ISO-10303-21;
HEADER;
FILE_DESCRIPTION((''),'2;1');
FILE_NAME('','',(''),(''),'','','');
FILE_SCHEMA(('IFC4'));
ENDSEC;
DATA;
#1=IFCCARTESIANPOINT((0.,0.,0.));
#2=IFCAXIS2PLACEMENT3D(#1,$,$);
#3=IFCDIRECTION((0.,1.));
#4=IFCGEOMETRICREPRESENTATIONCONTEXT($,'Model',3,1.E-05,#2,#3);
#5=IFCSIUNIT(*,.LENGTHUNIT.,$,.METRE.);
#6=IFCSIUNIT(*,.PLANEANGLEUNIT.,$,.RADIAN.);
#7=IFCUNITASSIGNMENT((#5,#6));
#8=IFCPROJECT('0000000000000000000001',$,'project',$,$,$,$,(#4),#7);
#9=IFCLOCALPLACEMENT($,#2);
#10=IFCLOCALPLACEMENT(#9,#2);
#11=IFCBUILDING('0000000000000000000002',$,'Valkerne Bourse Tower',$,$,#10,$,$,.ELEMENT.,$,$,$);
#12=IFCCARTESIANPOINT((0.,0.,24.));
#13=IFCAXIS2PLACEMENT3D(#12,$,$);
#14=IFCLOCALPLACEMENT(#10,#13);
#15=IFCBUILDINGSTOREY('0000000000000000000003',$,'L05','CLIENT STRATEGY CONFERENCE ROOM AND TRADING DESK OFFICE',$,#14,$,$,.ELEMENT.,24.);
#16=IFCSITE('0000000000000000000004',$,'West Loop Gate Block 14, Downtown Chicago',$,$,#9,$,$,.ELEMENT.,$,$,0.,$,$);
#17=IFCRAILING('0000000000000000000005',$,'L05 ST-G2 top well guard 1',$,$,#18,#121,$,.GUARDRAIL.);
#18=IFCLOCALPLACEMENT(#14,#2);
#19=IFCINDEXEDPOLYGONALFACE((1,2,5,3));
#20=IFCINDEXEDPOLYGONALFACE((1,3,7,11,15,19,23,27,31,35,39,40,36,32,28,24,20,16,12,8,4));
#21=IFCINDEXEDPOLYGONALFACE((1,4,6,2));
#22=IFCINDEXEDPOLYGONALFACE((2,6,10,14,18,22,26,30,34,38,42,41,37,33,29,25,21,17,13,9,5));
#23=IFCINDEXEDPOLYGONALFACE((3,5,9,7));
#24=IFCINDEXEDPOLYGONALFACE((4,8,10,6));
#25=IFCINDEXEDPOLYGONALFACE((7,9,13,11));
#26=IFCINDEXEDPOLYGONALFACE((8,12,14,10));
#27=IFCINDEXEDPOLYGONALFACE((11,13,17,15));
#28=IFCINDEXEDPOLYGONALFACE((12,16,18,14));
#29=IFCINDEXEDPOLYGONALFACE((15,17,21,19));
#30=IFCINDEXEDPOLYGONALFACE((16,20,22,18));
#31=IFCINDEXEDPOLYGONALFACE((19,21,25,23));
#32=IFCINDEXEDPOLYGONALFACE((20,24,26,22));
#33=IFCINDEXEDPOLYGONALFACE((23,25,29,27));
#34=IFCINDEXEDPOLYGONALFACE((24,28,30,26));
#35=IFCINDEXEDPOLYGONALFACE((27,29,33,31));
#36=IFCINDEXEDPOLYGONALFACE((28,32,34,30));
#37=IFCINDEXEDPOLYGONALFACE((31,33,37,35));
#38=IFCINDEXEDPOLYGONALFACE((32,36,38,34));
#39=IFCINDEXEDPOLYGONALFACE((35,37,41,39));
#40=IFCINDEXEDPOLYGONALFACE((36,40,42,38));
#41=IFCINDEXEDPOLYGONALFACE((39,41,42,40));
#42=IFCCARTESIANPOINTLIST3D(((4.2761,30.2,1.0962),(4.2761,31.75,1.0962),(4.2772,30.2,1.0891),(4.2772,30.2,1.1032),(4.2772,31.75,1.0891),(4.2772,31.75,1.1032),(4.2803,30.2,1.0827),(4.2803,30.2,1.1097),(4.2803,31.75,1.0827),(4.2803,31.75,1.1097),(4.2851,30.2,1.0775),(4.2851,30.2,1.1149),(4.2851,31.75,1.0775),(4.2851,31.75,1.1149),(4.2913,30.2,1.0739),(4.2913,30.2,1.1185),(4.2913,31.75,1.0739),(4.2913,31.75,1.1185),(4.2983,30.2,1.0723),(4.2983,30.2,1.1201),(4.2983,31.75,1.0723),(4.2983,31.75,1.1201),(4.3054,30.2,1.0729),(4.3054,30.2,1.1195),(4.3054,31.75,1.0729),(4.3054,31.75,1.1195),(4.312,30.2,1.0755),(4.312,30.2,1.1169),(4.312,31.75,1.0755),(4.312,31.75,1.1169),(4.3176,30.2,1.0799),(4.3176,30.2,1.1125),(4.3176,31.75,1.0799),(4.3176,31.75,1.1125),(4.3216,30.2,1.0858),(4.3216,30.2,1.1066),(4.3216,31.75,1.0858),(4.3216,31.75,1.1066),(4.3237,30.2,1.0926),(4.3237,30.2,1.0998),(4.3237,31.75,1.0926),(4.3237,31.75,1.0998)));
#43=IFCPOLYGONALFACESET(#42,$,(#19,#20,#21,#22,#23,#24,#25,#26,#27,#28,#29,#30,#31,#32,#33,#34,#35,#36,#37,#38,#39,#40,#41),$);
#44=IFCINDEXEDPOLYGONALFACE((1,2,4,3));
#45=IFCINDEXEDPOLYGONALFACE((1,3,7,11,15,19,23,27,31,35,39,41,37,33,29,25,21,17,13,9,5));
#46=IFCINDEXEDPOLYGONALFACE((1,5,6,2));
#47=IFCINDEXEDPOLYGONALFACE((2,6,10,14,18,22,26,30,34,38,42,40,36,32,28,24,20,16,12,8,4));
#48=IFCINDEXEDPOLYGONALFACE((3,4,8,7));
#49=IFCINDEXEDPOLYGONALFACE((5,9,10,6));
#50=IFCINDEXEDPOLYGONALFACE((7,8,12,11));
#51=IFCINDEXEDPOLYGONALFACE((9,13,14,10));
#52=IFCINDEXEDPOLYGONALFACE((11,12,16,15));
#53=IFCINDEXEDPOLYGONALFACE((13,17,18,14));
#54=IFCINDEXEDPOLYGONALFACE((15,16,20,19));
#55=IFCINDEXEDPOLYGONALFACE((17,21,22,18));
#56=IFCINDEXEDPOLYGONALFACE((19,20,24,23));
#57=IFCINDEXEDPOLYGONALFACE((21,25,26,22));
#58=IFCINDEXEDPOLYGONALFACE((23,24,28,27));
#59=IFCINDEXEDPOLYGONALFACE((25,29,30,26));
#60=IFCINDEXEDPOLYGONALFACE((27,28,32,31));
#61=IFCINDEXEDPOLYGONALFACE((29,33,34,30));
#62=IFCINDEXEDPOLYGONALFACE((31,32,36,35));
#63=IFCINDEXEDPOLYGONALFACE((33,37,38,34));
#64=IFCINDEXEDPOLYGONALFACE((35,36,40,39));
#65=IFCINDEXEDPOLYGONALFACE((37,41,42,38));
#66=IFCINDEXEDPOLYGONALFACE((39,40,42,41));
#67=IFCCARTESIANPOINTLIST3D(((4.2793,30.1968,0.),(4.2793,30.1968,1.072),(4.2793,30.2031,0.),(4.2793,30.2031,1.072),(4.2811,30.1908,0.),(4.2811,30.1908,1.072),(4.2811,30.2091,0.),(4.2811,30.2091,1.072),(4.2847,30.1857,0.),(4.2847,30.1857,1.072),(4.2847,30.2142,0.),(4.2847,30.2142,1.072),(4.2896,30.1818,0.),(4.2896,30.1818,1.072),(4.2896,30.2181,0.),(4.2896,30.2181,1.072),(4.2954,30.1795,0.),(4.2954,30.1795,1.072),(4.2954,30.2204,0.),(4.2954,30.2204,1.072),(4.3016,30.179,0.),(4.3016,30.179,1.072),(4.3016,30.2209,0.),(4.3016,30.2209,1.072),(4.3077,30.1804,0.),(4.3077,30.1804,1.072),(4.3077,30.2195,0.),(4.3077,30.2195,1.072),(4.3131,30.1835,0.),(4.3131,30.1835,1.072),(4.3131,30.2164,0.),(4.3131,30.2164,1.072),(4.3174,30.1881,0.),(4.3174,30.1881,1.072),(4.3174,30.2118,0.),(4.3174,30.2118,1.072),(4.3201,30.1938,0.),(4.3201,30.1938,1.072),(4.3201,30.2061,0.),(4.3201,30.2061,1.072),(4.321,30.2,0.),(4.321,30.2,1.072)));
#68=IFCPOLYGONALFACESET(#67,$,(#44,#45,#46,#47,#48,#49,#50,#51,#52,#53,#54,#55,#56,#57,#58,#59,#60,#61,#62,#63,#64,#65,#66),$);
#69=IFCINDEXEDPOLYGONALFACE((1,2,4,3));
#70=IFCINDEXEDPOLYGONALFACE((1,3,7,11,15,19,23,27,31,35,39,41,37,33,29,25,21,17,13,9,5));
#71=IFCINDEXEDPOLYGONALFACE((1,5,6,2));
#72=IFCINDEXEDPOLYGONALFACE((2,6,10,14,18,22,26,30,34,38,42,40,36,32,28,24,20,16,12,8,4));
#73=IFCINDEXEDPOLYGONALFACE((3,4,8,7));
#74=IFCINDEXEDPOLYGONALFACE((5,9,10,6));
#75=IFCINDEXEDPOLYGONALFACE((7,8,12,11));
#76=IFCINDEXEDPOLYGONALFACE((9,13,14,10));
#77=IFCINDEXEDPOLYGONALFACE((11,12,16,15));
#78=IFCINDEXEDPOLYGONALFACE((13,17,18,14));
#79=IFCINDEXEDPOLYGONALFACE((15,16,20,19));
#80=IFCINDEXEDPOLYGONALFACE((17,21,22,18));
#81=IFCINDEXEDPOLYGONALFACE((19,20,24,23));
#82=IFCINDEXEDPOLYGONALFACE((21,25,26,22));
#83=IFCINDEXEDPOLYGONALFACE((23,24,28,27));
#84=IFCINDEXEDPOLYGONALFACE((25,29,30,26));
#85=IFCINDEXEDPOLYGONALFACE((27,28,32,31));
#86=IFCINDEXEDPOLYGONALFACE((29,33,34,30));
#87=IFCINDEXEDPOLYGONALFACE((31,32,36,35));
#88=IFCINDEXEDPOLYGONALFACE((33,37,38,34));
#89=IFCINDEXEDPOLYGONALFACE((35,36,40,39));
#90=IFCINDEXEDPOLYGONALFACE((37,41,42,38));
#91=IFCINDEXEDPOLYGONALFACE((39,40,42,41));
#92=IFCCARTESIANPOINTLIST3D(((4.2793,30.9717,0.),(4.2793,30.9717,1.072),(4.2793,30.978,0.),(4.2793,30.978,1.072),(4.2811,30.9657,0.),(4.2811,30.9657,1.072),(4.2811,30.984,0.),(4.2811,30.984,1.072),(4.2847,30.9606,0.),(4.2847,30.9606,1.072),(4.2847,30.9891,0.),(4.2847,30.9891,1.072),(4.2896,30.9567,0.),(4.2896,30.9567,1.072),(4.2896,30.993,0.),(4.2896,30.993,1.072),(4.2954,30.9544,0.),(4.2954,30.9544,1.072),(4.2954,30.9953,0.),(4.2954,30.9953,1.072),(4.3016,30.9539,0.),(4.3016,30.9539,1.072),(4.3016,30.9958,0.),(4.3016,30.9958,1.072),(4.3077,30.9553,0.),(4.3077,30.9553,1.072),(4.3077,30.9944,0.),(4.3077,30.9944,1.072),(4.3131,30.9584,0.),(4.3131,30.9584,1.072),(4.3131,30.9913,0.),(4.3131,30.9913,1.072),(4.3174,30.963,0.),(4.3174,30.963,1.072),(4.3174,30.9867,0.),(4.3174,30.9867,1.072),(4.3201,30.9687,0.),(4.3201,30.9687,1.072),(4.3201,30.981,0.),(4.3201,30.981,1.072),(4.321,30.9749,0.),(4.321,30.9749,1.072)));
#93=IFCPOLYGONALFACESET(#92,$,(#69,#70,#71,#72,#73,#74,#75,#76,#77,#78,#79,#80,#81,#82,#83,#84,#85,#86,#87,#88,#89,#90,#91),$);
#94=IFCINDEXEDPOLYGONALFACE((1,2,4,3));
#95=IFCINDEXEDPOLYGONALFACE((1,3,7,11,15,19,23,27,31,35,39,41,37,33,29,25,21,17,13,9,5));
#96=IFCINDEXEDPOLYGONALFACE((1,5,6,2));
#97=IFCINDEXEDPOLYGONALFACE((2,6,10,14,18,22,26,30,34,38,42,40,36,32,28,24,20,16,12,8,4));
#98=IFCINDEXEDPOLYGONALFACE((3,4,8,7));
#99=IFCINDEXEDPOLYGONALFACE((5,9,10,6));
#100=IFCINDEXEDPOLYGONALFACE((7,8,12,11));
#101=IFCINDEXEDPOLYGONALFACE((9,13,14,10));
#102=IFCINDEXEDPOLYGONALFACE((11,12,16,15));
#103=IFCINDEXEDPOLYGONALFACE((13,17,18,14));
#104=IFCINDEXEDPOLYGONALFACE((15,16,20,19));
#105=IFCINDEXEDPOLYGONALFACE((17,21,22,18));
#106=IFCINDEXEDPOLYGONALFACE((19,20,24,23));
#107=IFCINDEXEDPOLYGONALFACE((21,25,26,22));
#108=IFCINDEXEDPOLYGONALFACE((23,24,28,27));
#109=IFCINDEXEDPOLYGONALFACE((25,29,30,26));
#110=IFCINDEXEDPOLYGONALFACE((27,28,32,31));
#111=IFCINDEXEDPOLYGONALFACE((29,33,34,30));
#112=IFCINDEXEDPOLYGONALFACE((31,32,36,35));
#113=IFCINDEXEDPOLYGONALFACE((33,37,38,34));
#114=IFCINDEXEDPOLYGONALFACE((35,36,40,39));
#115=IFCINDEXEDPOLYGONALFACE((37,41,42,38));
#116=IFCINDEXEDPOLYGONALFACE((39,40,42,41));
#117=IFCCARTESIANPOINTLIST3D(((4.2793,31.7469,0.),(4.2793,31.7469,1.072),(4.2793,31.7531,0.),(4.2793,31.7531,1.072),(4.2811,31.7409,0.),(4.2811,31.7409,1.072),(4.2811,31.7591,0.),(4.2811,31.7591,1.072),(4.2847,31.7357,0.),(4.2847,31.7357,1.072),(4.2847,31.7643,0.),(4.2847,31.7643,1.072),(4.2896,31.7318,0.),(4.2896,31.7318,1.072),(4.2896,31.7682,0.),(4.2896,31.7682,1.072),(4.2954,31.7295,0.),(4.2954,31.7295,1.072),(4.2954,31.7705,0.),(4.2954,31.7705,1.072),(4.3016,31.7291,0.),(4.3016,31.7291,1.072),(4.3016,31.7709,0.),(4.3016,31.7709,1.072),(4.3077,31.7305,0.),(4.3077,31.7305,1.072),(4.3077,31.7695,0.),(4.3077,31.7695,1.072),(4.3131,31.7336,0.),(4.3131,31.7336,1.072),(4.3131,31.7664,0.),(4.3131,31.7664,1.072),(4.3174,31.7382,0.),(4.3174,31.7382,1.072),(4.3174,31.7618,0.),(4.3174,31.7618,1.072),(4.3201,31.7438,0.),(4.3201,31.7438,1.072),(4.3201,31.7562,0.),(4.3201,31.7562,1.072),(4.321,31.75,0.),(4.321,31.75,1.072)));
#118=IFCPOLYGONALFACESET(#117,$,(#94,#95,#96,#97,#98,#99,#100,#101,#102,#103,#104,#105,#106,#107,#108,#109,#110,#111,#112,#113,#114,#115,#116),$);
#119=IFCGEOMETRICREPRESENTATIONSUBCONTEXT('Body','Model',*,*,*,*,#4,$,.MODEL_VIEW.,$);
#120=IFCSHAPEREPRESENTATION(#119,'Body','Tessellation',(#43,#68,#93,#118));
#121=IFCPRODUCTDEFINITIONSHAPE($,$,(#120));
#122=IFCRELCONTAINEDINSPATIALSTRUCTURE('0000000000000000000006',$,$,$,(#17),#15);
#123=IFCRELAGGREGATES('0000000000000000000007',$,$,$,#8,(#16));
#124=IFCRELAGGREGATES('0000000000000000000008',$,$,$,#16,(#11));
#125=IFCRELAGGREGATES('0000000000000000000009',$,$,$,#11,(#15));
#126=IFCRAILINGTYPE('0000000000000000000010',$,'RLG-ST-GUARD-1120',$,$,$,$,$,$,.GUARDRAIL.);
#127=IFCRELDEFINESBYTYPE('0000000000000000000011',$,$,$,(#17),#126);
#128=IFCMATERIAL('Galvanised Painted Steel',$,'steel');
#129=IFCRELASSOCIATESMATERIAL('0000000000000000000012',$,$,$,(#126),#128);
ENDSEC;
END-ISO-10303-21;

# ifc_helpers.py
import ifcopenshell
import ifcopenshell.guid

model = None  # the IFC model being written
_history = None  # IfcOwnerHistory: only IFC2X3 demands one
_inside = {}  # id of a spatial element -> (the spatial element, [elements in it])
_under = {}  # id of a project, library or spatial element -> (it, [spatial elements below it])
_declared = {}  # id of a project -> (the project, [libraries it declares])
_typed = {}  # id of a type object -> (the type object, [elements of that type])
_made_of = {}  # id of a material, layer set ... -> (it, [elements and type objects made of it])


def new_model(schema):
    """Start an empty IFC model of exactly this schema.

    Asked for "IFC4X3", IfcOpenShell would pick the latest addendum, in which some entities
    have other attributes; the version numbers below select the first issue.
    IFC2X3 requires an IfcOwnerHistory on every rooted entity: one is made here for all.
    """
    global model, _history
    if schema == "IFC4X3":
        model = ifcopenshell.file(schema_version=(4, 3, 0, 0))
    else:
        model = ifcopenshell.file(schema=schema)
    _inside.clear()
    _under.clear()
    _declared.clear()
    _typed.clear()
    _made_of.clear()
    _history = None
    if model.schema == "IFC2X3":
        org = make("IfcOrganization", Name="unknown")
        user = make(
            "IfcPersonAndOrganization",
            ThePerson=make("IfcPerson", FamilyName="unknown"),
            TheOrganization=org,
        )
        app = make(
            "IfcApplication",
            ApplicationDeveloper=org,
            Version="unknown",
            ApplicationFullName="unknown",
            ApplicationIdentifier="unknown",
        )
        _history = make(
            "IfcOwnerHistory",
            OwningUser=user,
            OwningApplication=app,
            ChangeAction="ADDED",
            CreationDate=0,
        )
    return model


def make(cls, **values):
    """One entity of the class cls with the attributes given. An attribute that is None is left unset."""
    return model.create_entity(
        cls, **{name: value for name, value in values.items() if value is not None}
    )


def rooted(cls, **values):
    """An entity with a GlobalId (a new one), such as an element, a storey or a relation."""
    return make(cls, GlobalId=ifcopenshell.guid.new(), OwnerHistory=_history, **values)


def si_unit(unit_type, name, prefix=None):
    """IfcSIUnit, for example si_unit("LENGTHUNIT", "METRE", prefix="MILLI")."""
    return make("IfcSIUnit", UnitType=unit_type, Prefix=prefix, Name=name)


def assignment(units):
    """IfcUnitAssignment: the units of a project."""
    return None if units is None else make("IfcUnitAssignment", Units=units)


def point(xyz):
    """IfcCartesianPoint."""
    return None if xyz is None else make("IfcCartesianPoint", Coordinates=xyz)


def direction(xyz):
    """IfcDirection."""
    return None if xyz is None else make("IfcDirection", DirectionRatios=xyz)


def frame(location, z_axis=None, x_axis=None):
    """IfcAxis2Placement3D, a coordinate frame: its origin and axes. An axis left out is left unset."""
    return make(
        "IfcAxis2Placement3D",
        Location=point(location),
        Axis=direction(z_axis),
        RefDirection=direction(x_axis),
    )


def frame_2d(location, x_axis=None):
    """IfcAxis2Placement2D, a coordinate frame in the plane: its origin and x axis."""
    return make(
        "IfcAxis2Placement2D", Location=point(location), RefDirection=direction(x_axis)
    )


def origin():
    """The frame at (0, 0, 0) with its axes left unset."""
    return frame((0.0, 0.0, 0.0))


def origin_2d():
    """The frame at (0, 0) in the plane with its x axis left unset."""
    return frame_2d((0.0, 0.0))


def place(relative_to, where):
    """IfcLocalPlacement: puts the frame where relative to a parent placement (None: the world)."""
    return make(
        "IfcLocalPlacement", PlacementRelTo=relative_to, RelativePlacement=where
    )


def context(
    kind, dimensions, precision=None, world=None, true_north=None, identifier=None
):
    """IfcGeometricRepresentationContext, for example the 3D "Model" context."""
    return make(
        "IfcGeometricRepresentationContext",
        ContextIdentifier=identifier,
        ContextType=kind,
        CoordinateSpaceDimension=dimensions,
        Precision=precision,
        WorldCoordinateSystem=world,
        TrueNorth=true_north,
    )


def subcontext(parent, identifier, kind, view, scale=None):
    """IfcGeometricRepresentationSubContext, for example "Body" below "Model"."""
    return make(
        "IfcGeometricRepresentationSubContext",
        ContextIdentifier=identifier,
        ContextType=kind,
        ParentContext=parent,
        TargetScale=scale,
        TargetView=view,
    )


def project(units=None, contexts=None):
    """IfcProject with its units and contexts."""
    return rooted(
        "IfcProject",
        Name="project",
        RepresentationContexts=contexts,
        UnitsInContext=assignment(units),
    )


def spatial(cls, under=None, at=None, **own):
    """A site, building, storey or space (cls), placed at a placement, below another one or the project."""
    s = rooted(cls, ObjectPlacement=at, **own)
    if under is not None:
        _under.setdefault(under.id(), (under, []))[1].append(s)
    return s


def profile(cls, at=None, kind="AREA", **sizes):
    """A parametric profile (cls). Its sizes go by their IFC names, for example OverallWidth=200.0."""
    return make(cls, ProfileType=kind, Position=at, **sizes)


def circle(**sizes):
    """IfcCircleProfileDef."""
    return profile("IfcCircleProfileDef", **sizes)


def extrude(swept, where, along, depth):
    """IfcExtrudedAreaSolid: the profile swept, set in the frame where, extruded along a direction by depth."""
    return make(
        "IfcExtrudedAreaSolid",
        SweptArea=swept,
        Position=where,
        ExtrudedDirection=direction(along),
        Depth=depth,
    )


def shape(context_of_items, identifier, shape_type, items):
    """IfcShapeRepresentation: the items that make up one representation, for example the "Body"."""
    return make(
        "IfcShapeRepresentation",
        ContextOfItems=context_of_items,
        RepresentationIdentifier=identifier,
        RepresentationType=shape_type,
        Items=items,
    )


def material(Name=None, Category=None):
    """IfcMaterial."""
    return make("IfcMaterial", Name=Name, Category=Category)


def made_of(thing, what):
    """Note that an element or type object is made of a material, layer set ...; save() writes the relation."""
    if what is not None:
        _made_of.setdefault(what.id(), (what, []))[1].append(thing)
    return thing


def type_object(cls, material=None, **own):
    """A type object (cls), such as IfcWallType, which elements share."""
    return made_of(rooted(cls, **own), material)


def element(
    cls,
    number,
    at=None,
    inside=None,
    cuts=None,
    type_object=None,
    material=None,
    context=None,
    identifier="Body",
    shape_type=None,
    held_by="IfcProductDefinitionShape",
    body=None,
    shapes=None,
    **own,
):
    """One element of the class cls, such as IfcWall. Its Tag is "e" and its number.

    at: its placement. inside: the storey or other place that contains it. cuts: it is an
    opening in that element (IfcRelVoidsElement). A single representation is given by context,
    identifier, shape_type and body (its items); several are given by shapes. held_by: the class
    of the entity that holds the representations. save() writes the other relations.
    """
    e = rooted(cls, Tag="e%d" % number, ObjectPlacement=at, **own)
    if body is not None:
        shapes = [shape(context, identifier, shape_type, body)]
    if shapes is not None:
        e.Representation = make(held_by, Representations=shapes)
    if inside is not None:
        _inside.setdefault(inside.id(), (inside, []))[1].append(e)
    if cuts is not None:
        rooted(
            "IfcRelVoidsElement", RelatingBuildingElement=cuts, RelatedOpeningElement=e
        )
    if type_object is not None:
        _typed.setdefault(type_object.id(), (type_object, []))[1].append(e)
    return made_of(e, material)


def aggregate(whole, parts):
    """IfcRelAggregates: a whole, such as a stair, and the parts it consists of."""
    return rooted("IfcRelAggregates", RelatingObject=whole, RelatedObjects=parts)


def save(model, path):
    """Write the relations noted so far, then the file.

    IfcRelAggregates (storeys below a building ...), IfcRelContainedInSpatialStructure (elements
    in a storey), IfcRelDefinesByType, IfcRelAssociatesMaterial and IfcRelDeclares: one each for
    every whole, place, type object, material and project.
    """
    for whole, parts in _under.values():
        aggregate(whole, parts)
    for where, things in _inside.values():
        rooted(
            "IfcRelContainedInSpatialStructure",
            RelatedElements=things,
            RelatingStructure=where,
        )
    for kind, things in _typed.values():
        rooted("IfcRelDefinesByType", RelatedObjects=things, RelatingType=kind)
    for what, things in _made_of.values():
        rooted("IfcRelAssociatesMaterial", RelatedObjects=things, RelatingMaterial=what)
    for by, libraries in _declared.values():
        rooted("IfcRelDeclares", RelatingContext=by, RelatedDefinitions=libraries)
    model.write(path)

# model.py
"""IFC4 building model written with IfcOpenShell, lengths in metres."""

from ifc_helpers import new_model, si_unit, direction, frame, origin, origin_2d, place, context, subcontext, project, spatial, circle, extrude, material, type_object, element, save


model = new_model("IFC4")

# Units and contexts
model_context = context("Model", 3, precision=1e-05, world=origin(), true_north=direction((0.0, 1.0)))
body_context = subcontext(model_context, "Body", "Model", "MODEL_VIEW")
ifc_project = project(units=[si_unit("LENGTHUNIT", "METRE"), si_unit("PLANEANGLEUNIT", "RADIAN")], contexts=[model_context])

# Site, building, storey
site_placement = place(None, origin())
site = spatial("IfcSite", under=ifc_project, at=site_placement, Name="West Loop Gate Block 14, Downtown Chicago", CompositionType="ELEMENT", RefElevation=0.0)
building_placement = place(site_placement, origin())
building = spatial("IfcBuilding", under=site, at=building_placement, Name="Valkerne Bourse Tower", CompositionType="ELEMENT")
storey_placement = place(building_placement, frame((0.0, 0.0, 24.0)))
storey = spatial("IfcBuildingStorey", under=building, at=storey_placement, Name="L05", Description="CLIENT STRATEGY CONFERENCE ROOM AND TRADING DESK OFFICE", CompositionType="ELEMENT", Elevation=24.0)

# Railing
ifc_material_1 = material(Name="Galvanised Painted Steel", Category="steel")
railing_type = type_object("IfcRailingType", Name="RLG-ST-GUARD-1120", PredefinedType="GUARDRAIL", material=ifc_material_1)
railing_1_placement = place(storey_placement, frame((4.3, 30.2, 0.0)))
element("IfcRailing", 1, at=railing_1_placement, inside=storey, type_object=railing_type, Name="L05 ST-G2 top well guard 1", PredefinedType="GUARDRAIL", context=body_context, shape_type="SweptSolid", body=[
    extrude(circle(Radius=0.0239, at=origin_2d()), frame((0.0, 0.0, 1.0962), z_axis=(0.0, 1.0, 0.0), x_axis=(-1.0, 0.0, 0.0)), (0.0, 0.0, 1.0), 1.55),
    extrude(circle(Radius=0.021, at=origin_2d()), origin(), (0.0, 0.0, 1.0), 1.072),
    extrude(circle(Radius=0.021, at=origin_2d()), frame((0.0, 0.7749, 0.0)), (0.0, 0.0, 1.0), 1.072),
    extrude(circle(Radius=0.021, at=origin_2d()), frame((0.0, 1.55, 0.0)), (0.0, 0.0, 1.0), 1.072),
])

save(model, "model.ifc")
